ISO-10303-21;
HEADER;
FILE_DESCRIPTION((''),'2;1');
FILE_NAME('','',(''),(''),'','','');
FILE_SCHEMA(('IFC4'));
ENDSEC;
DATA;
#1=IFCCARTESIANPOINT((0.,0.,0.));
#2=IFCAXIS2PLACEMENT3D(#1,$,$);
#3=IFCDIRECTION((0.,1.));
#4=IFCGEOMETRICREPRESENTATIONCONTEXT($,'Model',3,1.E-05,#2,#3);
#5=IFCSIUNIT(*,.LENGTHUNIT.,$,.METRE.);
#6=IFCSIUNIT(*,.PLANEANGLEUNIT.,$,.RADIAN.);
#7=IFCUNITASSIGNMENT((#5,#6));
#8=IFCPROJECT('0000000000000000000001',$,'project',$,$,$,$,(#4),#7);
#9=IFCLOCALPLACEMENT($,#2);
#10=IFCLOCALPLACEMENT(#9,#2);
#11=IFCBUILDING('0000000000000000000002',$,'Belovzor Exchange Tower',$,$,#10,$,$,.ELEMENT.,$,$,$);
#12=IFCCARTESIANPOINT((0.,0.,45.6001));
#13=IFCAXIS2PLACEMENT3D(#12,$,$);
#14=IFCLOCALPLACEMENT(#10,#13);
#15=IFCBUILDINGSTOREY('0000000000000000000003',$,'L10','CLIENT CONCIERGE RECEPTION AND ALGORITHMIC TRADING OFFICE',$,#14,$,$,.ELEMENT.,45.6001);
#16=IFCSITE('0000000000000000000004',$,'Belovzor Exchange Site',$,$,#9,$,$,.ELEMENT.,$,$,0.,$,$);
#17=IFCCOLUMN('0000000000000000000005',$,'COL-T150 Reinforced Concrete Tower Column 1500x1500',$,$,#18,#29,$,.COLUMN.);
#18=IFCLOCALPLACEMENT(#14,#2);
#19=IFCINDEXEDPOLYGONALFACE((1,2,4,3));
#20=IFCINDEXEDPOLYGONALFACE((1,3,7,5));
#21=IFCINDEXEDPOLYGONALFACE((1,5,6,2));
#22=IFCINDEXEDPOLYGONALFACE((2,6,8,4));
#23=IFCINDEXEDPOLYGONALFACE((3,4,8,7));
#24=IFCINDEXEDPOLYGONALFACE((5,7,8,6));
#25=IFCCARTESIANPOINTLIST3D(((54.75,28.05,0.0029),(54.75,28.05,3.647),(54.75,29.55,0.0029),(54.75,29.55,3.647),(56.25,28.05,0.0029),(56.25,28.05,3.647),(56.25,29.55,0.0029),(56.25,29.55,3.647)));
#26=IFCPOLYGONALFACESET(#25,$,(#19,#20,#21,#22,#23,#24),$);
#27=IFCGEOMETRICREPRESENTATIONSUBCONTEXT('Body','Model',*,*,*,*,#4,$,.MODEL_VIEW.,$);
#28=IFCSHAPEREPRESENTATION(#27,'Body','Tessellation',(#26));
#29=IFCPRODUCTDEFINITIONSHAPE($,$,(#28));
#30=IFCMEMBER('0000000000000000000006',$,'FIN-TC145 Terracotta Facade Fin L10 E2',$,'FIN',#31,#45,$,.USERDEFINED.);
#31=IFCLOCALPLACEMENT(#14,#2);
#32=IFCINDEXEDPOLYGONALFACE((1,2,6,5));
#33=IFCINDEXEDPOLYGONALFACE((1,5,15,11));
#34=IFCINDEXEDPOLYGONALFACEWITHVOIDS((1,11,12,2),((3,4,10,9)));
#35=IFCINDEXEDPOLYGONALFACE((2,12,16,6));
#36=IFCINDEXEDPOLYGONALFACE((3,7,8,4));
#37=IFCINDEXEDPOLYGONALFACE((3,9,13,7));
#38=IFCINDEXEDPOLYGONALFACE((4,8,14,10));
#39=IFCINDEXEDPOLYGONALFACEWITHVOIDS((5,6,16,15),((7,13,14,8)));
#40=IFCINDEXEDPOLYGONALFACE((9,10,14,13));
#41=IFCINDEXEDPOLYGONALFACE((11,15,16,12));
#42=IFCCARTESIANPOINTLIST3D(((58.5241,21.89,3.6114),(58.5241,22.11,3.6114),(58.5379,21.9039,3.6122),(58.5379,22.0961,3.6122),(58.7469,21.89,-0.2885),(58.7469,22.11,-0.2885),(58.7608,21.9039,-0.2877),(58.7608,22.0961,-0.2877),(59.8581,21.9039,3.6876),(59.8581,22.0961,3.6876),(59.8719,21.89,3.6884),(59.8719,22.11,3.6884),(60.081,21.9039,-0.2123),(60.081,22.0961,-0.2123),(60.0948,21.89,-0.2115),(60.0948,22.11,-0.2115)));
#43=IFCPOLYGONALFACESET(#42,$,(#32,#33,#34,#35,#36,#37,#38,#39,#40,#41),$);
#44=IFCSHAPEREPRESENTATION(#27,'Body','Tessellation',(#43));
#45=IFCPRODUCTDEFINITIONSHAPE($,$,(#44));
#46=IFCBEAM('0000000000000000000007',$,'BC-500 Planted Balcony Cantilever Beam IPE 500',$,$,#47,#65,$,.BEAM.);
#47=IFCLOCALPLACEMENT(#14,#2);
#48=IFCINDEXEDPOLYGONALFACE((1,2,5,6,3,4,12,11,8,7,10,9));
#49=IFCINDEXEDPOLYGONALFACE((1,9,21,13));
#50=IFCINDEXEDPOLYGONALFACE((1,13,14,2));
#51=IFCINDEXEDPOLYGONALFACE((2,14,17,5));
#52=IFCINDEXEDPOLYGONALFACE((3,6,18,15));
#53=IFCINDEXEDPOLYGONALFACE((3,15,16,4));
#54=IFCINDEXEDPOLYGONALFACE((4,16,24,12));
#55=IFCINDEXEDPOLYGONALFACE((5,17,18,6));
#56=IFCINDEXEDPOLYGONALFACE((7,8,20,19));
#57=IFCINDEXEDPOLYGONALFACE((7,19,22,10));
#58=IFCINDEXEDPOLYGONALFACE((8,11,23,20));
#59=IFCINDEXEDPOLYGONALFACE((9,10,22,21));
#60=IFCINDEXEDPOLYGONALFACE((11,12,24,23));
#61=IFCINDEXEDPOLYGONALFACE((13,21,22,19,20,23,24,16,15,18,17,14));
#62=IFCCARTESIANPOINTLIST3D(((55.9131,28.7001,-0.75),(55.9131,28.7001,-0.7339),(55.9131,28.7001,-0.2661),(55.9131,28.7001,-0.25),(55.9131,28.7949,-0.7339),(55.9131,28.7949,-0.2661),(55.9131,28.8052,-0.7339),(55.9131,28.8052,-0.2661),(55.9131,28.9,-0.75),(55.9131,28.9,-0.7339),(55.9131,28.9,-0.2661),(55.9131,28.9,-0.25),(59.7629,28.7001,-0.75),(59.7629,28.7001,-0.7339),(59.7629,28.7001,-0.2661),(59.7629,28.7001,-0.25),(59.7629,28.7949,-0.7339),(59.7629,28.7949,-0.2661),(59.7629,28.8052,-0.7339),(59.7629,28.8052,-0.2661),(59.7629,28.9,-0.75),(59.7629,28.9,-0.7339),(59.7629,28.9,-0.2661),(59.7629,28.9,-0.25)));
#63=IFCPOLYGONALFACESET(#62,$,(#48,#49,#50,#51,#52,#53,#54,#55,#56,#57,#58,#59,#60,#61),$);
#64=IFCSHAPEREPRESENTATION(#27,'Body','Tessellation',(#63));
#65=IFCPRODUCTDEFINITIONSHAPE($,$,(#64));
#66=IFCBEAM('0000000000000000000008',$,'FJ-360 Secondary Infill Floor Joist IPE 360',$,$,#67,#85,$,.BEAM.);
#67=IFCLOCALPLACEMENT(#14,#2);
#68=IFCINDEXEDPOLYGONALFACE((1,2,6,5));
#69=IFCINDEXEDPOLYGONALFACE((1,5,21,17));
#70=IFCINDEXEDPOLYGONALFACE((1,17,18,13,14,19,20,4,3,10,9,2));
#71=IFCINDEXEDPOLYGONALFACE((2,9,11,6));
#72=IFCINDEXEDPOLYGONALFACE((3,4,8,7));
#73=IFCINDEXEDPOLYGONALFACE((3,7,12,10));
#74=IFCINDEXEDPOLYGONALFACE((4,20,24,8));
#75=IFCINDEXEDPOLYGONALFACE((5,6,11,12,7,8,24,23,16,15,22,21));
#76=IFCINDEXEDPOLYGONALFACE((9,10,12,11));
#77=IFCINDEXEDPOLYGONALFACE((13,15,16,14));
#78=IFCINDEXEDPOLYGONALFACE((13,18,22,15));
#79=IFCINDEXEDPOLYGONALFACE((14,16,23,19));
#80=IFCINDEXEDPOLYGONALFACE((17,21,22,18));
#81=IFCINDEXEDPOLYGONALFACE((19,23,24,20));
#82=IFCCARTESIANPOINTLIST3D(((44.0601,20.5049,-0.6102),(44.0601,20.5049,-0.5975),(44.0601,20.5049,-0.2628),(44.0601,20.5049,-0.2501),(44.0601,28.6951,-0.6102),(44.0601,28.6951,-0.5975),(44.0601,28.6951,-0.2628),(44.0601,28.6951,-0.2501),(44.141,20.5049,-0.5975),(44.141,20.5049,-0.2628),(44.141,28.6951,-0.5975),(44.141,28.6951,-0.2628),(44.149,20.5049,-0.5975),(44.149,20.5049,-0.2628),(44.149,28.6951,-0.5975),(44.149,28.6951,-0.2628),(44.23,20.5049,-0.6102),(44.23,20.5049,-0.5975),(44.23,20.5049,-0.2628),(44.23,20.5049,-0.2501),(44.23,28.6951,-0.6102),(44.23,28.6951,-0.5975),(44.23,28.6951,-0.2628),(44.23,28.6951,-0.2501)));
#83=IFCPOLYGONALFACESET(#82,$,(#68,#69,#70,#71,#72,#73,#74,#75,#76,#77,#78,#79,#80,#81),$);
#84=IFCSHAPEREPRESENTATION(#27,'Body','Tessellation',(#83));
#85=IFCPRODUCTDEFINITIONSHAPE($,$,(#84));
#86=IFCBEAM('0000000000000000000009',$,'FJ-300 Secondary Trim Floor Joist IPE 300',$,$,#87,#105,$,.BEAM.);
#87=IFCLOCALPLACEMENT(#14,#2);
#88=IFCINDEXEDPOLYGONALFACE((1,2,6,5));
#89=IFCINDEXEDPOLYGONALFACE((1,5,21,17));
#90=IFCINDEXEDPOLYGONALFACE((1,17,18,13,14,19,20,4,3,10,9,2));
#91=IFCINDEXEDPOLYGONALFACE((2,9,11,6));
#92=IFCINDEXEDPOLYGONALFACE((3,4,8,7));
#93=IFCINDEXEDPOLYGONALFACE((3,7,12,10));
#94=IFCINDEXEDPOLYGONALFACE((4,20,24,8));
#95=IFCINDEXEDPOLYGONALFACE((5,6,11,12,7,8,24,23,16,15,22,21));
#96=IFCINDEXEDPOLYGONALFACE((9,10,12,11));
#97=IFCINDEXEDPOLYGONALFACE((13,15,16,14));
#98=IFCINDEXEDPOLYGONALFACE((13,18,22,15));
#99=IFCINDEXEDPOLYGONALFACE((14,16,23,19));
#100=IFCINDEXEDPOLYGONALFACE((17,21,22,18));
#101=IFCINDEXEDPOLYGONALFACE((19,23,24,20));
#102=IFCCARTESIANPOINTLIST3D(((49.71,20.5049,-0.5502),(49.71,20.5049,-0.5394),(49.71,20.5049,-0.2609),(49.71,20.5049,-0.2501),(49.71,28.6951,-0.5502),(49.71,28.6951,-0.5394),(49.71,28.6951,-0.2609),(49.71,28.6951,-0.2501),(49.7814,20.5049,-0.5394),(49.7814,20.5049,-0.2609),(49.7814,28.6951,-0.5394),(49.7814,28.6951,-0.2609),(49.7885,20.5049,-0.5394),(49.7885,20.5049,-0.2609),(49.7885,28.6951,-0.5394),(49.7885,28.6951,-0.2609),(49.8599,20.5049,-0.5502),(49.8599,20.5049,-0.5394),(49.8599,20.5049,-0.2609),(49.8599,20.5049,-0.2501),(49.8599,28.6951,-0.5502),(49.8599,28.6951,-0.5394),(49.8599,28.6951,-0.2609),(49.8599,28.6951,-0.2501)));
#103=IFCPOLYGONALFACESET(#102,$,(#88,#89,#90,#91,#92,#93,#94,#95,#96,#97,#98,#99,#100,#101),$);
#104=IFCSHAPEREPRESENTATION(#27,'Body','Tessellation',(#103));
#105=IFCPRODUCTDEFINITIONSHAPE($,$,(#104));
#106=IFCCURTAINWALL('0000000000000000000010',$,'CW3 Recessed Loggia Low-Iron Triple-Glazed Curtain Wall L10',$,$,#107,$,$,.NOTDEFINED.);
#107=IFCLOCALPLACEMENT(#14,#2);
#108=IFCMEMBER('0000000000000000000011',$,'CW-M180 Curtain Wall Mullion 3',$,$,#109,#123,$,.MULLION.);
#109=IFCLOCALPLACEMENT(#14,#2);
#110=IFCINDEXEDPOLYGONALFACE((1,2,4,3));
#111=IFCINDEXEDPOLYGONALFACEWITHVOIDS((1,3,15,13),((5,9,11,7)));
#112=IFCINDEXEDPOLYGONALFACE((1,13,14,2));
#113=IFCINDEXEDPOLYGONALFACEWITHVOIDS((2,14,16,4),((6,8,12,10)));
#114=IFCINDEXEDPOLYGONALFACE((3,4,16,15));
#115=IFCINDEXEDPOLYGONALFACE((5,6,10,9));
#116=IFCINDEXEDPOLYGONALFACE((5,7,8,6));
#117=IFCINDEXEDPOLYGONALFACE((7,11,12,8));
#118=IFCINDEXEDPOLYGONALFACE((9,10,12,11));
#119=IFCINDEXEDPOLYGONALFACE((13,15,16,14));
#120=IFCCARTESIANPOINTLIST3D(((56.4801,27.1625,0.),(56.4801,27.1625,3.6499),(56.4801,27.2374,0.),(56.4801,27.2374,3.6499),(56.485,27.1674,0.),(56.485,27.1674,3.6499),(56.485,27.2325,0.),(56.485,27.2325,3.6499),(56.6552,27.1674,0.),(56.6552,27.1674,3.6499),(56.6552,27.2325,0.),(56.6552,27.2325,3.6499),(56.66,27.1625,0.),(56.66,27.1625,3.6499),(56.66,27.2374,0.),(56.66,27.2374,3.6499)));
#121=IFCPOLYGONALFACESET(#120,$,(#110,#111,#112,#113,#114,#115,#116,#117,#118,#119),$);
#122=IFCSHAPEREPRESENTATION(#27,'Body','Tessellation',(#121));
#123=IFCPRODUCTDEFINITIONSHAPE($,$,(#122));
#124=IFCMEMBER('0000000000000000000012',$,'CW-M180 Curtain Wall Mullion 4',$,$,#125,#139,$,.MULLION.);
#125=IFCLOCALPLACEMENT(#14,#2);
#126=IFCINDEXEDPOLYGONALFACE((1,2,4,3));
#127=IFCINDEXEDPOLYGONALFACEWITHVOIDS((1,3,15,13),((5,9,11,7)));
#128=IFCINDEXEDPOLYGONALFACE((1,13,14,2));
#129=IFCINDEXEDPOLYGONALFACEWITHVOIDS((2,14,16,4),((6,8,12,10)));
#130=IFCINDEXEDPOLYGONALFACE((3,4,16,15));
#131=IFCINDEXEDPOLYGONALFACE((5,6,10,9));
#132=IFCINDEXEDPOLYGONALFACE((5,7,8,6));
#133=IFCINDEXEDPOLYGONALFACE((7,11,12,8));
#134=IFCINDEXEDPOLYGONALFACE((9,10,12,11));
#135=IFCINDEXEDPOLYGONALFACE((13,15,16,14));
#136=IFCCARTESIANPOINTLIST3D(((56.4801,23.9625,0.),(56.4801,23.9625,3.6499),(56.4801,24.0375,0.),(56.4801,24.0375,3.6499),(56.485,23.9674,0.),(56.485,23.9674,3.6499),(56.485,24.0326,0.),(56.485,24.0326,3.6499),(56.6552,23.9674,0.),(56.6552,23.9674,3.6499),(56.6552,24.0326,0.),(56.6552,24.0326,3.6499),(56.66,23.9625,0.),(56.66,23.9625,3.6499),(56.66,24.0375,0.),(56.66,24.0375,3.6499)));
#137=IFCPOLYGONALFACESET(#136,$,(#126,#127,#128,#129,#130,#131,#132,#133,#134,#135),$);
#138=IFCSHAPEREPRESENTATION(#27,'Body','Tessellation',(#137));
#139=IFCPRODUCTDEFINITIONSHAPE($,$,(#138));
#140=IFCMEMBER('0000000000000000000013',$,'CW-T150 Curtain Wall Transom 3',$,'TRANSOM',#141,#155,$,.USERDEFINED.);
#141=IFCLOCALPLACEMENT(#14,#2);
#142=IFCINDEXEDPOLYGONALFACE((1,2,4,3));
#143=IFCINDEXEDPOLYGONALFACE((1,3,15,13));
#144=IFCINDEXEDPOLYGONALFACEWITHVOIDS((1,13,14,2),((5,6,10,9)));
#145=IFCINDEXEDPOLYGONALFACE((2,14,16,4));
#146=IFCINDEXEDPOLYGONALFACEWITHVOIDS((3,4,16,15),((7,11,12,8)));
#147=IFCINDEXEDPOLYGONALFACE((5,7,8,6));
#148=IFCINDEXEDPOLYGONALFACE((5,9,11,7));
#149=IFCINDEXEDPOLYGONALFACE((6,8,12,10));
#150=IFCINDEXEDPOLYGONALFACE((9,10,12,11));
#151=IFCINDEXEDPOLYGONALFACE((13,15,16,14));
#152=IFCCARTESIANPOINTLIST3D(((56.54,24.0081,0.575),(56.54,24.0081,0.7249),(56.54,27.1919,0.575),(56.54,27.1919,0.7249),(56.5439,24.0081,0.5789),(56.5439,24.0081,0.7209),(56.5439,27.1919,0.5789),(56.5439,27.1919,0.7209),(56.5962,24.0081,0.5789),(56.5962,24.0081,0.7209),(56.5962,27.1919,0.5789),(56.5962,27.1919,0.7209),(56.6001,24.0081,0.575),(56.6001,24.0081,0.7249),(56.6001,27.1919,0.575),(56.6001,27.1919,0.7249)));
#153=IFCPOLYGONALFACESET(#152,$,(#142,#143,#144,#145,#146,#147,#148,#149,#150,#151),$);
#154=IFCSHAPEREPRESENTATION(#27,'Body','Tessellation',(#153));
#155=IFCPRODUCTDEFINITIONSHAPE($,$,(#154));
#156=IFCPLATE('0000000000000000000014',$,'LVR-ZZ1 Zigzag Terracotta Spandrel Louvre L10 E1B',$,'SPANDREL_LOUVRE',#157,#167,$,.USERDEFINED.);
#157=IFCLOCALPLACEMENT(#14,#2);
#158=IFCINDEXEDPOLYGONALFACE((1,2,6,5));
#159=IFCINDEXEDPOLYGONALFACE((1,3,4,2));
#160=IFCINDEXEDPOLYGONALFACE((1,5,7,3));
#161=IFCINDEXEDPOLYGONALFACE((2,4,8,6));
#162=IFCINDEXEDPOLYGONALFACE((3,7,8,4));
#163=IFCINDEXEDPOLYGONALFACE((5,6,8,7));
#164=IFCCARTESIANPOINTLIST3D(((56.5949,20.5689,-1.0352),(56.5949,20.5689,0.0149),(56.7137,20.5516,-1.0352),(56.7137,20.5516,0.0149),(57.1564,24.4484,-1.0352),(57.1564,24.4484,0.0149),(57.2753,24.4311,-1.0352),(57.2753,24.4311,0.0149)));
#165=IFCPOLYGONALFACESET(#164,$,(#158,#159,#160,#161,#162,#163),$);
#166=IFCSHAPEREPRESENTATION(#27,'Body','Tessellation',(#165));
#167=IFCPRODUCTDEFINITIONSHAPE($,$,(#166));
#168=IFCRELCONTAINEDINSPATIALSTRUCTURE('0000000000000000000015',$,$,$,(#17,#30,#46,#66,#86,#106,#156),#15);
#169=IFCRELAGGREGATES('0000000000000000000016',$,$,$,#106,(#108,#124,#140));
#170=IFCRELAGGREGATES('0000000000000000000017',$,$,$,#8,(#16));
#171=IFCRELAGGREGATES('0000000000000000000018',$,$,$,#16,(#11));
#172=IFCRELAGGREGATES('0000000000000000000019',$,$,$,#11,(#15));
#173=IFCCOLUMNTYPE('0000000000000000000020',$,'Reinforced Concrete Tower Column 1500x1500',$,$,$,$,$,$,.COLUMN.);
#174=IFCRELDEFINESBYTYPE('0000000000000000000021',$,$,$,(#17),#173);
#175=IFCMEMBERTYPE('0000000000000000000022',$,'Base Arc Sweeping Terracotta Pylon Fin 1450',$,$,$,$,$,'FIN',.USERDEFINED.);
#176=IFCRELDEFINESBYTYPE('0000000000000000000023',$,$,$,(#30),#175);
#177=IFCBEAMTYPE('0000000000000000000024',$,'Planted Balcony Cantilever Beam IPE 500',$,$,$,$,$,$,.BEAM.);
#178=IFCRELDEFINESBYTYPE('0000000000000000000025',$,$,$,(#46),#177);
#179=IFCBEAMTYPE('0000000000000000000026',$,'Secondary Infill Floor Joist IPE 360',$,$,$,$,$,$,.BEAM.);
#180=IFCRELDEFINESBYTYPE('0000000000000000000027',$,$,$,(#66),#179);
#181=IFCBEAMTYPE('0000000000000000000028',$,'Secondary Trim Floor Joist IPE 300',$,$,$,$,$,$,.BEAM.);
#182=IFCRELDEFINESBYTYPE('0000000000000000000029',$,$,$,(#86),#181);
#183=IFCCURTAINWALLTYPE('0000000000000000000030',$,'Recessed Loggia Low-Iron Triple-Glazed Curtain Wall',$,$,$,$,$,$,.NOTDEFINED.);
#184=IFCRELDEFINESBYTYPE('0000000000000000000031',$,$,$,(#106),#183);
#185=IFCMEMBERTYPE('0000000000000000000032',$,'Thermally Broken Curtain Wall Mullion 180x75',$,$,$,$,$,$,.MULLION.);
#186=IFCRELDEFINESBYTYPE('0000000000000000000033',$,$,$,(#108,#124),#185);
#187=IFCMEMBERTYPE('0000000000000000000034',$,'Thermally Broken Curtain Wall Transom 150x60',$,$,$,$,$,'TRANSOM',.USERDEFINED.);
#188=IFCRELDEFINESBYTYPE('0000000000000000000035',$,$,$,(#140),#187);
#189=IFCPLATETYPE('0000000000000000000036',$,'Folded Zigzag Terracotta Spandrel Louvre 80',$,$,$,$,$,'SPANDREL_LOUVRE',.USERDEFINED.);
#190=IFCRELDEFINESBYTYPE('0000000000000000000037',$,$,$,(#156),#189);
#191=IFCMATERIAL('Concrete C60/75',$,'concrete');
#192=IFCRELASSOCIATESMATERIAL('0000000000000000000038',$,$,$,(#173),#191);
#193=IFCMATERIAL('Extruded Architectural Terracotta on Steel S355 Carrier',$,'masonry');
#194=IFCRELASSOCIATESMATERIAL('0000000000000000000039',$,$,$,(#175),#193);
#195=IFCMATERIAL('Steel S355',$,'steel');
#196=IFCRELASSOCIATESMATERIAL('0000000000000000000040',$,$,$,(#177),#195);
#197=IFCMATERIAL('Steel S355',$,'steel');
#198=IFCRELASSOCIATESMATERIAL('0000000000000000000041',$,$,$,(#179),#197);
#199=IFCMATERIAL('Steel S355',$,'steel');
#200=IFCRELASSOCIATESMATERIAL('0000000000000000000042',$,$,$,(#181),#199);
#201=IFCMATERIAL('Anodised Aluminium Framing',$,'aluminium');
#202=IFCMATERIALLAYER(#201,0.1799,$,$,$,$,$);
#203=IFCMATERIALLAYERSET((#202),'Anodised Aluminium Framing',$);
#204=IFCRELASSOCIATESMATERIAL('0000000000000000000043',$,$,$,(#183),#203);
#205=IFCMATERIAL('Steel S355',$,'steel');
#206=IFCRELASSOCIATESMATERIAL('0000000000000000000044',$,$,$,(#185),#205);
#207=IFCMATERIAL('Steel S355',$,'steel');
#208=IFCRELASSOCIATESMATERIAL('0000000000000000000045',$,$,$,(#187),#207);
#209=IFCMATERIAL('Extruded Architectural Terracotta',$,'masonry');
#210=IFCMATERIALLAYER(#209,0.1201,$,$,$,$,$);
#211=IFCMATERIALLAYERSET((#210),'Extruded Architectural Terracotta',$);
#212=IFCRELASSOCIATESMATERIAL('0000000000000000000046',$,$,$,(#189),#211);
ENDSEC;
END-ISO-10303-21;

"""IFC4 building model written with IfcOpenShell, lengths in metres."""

from ifc_helpers import new_model, si_unit, direction, frame, origin, origin_2d, place, context, subcontext, project, spatial, rectangle, hollow_rectangle, i_section, extrude, material, layer, layer_set, material_profile, profile_set, type_object, element, aggregate, save


model = new_model("IFC4")

# Units and contexts
model_context = context("Model", 3, precision=1e-05, world=origin(), true_north=direction((0.0, 1.0)))
body_context = subcontext(model_context, "Body", "Model", "MODEL_VIEW")
ifc_project = project(units=[si_unit("LENGTHUNIT", "METRE"), si_unit("PLANEANGLEUNIT", "RADIAN")], contexts=[model_context])

# Site, building, storey
site_placement = place(None, origin())
site = spatial("IfcSite", under=ifc_project, at=site_placement, Name="Belovzor Exchange Site", CompositionType="ELEMENT", RefElevation=0.0)
building_placement = place(site_placement, origin())
building = spatial("IfcBuilding", under=site, at=building_placement, Name="Belovzor Exchange Tower", CompositionType="ELEMENT")
storey_placement = place(building_placement, frame((0.0, 0.0, 45.6001)))
storey = spatial("IfcBuildingStorey", under=building, at=storey_placement, Name="L10", Description="CLIENT CONCIERGE RECEPTION AND ALGORITHMIC TRADING OFFICE", CompositionType="ELEMENT", Elevation=45.6001)

# Column
ifc_material_1 = material(Name="Concrete C60/75", Category="concrete")
ifc_material_profile_1 = material_profile(ifc_material_1, rectangle(XDim=1.5, YDim=1.5, at=origin_2d()))
ifc_profile_set_1 = profile_set([ifc_material_profile_1], Name="Concrete C60/75")
column_type = type_object("IfcColumnType", Name="Reinforced Concrete Tower Column 1500x1500", PredefinedType="COLUMN", material=ifc_profile_set_1)
column_placement = place(storey_placement, frame((55.5, 28.8, 0.0029), z_axis=(0.0, 0.0, 1.0), x_axis=(1.0, 0.0, 0.0)))
element("IfcColumn", 1, at=column_placement, inside=storey, type_object=column_type, Name="COL-T150 Reinforced Concrete Tower Column 1500x1500", PredefinedType="COLUMN", context=body_context, shape_type="SweptSolid", body=[
    extrude(rectangle(XDim=1.5, YDim=1.5, at=origin_2d()), origin(), (0.0, 0.0, 1.0), 3.644),
])

# Member
ifc_material_2 = material(Name="Extruded Architectural Terracotta on Steel S355 Carrier", Category="masonry")
ifc_material_profile_2 = material_profile(ifc_material_2, hollow_rectangle(XDim=0.22, YDim=1.3501, WallThickness=0.0139, at=origin_2d()))
ifc_profile_set_2 = profile_set([ifc_material_profile_2], Name="Extruded Architectural Terracotta on Steel S355 Carrier")
member_type_1 = type_object("IfcMemberType", Name="Base Arc Sweeping Terracotta Pylon Fin 1450", ElementType="FIN", PredefinedType="USERDEFINED", material=ifc_profile_set_2)
member_1_placement = place(storey_placement, frame((59.4209, 22.0, -0.25), z_axis=(-0.057062, 0.0, 0.998371), x_axis=(0.0, -1.0, 0.0)))
element("IfcMember", 2, at=member_1_placement, inside=storey, type_object=member_type_1, Name="FIN-TC145 Terracotta Facade Fin L10 E2", ObjectType="FIN", PredefinedType="USERDEFINED", context=body_context, shape_type="SweptSolid", body=[
    extrude(hollow_rectangle(XDim=0.22, YDim=1.3501, WallThickness=0.0139, at=origin_2d()), origin(), (0.0, 0.0, 1.0), 3.9062),
])

# Beams
ifc_material_3 = material(Name="Steel S355", Category="steel")
ifc_material_profile_3 = material_profile(ifc_material_3, i_section(OverallWidth=0.2, OverallDepth=0.5, WebThickness=0.0103, FlangeThickness=0.0161, at=origin_2d()))
ifc_profile_set_3 = profile_set([ifc_material_profile_3], Name="Steel S355")
beam_type_1 = type_object("IfcBeamType", Name="Planted Balcony Cantilever Beam IPE 500", PredefinedType="BEAM", material=ifc_profile_set_3)
beam_1_placement = place(storey_placement, frame((55.9131, 28.8, -0.5), z_axis=(1.0, 0.0, 0.0), x_axis=(0.0, 1.0, 0.0)))
element("IfcBeam", 3, at=beam_1_placement, inside=storey, type_object=beam_type_1, Name="BC-500 Planted Balcony Cantilever Beam IPE 500", PredefinedType="BEAM", context=body_context, shape_type="SweptSolid", body=[
    extrude(i_section(OverallWidth=0.2, OverallDepth=0.5, WebThickness=0.0103, FlangeThickness=0.0161, at=origin_2d()), origin(), (0.0, 0.0, 1.0), 3.8499),
])
ifc_material_4 = material(Name="Steel S355", Category="steel")
ifc_material_profile_4 = material_profile(ifc_material_4, i_section(OverallWidth=0.1699, OverallDepth=0.3601, WebThickness=0.0081, FlangeThickness=0.0127, at=origin_2d()))
ifc_profile_set_4 = profile_set([ifc_material_profile_4], Name="Steel S355")
beam_type_2 = type_object("IfcBeamType", Name="Secondary Infill Floor Joist IPE 360", PredefinedType="BEAM", material=ifc_profile_set_4)
beam_2_placement = place(storey_placement, frame((44.145, 20.5049, -0.4302), z_axis=(0.0, 1.0, 0.0), x_axis=(-1.0, 0.0, 0.0)))
element("IfcBeam", 4, at=beam_2_placement, inside=storey, type_object=beam_type_2, Name="FJ-360 Secondary Infill Floor Joist IPE 360", PredefinedType="BEAM", context=body_context, shape_type="SweptSolid", body=[
    extrude(i_section(OverallWidth=0.1699, OverallDepth=0.3601, WebThickness=0.0081, FlangeThickness=0.0127, at=origin_2d()), origin(), (0.0, 0.0, 1.0), 8.1902),
])
ifc_material_5 = material(Name="Steel S355", Category="steel")
ifc_material_profile_5 = material_profile(ifc_material_5, i_section(OverallWidth=0.1499, OverallDepth=0.3, WebThickness=0.0071, FlangeThickness=0.0107, at=origin_2d()))
ifc_profile_set_5 = profile_set([ifc_material_profile_5], Name="Steel S355")
beam_type_3 = type_object("IfcBeamType", Name="Secondary Trim Floor Joist IPE 300", PredefinedType="BEAM", material=ifc_profile_set_5)
beam_3_placement = place(storey_placement, frame((49.7849, 20.5049, -0.4001), z_axis=(0.0, 1.0, 0.0), x_axis=(-1.0, 0.0, 0.0)))
element("IfcBeam", 5, at=beam_3_placement, inside=storey, type_object=beam_type_3, Name="FJ-300 Secondary Trim Floor Joist IPE 300", PredefinedType="BEAM", context=body_context, shape_type="SweptSolid", body=[
    extrude(i_section(OverallWidth=0.1499, OverallDepth=0.3, WebThickness=0.0071, FlangeThickness=0.0107, at=origin_2d()), origin(), (0.0, 0.0, 1.0), 8.1902),
])

# Curtain wall, members
ifc_material_6 = material(Name="Anodised Aluminium Framing", Category="aluminium")
ifc_layer_1 = layer(ifc_material_6, 0.1799)
ifc_layer_set_1 = layer_set([ifc_layer_1], Name="Anodised Aluminium Framing")
curtain_wall_type = type_object("IfcCurtainWallType", Name="Recessed Loggia Low-Iron Triple-Glazed Curtain Wall", PredefinedType="NOTDEFINED", material=ifc_layer_set_1)
curtain_wall_placement = place(storey_placement, origin())
curtain_wall = element("IfcCurtainWall", 6, at=curtain_wall_placement, inside=storey, type_object=curtain_wall_type, Name="CW3 Recessed Loggia Low-Iron Triple-Glazed Curtain Wall L10", PredefinedType="NOTDEFINED")
ifc_material_7 = material(Name="Steel S355", Category="steel")
ifc_material_profile_6 = material_profile(ifc_material_7, hollow_rectangle(XDim=0.075, YDim=0.1799, WallThickness=0.0049, at=origin_2d()))
ifc_profile_set_6 = profile_set([ifc_material_profile_6], Name="Steel S355")
member_type_2 = type_object("IfcMemberType", Name="Thermally Broken Curtain Wall Mullion 180x75", PredefinedType="MULLION", material=ifc_profile_set_6)
member_2_placement = place(storey_placement, frame((56.5701, 27.2, 0.0), z_axis=(0.0, 0.0, 1.0), x_axis=(0.0, -1.0, 0.0)))
member_2 = element("IfcMember", 7, at=member_2_placement, type_object=member_type_2, Name="CW-M180 Curtain Wall Mullion 3", PredefinedType="MULLION", context=body_context, shape_type="SweptSolid", body=[
    extrude(hollow_rectangle(XDim=0.075, YDim=0.1799, WallThickness=0.0049, at=origin_2d()), origin(), (0.0, 0.0, 1.0), 3.6499),
])
member_3_placement = place(storey_placement, frame((56.5701, 24.0, 0.0), z_axis=(0.0, 0.0, 1.0), x_axis=(0.0, -1.0, 0.0)))
member_3 = element("IfcMember", 8, at=member_3_placement, type_object=member_type_2, Name="CW-M180 Curtain Wall Mullion 4", PredefinedType="MULLION", context=body_context, shape_type="SweptSolid", body=[
    extrude(hollow_rectangle(XDim=0.075, YDim=0.1799, WallThickness=0.0049, at=origin_2d()), origin(), (0.0, 0.0, 1.0), 3.6499),
])
ifc_material_8 = material(Name="Steel S355", Category="steel")
ifc_material_profile_7 = material_profile(ifc_material_8, hollow_rectangle(XDim=0.0601, YDim=0.1499, WallThickness=0.0039, at=origin_2d()))
ifc_profile_set_7 = profile_set([ifc_material_profile_7], Name="Steel S355")
member_type_3 = type_object("IfcMemberType", Name="Thermally Broken Curtain Wall Transom 150x60", ElementType="TRANSOM", PredefinedType="USERDEFINED", material=ifc_profile_set_7)
member_4_placement = place(storey_placement, frame((56.5701, 27.1919, 0.6499), z_axis=(0.0, -1.0, 0.0), x_axis=(1.0, 0.0, 0.0)))
member_4 = element("IfcMember", 9, at=member_4_placement, type_object=member_type_3, Name="CW-T150 Curtain Wall Transom 3", ObjectType="TRANSOM", PredefinedType="USERDEFINED", context=body_context, shape_type="SweptSolid", body=[
    extrude(hollow_rectangle(XDim=0.0601, YDim=0.1499, WallThickness=0.0039, at=origin_2d()), origin(), (0.0, 0.0, 1.0), 3.1838),
])

# Plate
ifc_material_9 = material(Name="Extruded Architectural Terracotta", Category="masonry")
ifc_layer_2 = layer(ifc_material_9, 0.1201)
ifc_layer_set_2 = layer_set([ifc_layer_2], Name="Extruded Architectural Terracotta")
plate_type_1 = type_object("IfcPlateType", Name="Folded Zigzag Terracotta Spandrel Louvre 80", ElementType="SPANDREL_LOUVRE", PredefinedType="USERDEFINED", material=ifc_layer_set_2)
plate_1_placement = place(storey_placement, frame((56.9351, 22.5, -1.0352), z_axis=(0.0, 0.0, 1.0), x_axis=(0.143251, 0.989686, 0.0)))
element("IfcPlate", 10, at=plate_1_placement, inside=storey, type_object=plate_type_1, Name="LVR-ZZ1 Zigzag Terracotta Spandrel Louvre L10 E1B", ObjectType="SPANDREL_LOUVRE", PredefinedType="USERDEFINED", context=body_context, shape_type="SweptSolid", body=[
    extrude(rectangle(XDim=3.9199, YDim=0.1201, at=origin_2d()), origin(), (0.0, 0.0, 1.0), 1.05),
])
aggregate(curtain_wall, [member_2, member_3, member_4])

save(model, "model.ifc")
